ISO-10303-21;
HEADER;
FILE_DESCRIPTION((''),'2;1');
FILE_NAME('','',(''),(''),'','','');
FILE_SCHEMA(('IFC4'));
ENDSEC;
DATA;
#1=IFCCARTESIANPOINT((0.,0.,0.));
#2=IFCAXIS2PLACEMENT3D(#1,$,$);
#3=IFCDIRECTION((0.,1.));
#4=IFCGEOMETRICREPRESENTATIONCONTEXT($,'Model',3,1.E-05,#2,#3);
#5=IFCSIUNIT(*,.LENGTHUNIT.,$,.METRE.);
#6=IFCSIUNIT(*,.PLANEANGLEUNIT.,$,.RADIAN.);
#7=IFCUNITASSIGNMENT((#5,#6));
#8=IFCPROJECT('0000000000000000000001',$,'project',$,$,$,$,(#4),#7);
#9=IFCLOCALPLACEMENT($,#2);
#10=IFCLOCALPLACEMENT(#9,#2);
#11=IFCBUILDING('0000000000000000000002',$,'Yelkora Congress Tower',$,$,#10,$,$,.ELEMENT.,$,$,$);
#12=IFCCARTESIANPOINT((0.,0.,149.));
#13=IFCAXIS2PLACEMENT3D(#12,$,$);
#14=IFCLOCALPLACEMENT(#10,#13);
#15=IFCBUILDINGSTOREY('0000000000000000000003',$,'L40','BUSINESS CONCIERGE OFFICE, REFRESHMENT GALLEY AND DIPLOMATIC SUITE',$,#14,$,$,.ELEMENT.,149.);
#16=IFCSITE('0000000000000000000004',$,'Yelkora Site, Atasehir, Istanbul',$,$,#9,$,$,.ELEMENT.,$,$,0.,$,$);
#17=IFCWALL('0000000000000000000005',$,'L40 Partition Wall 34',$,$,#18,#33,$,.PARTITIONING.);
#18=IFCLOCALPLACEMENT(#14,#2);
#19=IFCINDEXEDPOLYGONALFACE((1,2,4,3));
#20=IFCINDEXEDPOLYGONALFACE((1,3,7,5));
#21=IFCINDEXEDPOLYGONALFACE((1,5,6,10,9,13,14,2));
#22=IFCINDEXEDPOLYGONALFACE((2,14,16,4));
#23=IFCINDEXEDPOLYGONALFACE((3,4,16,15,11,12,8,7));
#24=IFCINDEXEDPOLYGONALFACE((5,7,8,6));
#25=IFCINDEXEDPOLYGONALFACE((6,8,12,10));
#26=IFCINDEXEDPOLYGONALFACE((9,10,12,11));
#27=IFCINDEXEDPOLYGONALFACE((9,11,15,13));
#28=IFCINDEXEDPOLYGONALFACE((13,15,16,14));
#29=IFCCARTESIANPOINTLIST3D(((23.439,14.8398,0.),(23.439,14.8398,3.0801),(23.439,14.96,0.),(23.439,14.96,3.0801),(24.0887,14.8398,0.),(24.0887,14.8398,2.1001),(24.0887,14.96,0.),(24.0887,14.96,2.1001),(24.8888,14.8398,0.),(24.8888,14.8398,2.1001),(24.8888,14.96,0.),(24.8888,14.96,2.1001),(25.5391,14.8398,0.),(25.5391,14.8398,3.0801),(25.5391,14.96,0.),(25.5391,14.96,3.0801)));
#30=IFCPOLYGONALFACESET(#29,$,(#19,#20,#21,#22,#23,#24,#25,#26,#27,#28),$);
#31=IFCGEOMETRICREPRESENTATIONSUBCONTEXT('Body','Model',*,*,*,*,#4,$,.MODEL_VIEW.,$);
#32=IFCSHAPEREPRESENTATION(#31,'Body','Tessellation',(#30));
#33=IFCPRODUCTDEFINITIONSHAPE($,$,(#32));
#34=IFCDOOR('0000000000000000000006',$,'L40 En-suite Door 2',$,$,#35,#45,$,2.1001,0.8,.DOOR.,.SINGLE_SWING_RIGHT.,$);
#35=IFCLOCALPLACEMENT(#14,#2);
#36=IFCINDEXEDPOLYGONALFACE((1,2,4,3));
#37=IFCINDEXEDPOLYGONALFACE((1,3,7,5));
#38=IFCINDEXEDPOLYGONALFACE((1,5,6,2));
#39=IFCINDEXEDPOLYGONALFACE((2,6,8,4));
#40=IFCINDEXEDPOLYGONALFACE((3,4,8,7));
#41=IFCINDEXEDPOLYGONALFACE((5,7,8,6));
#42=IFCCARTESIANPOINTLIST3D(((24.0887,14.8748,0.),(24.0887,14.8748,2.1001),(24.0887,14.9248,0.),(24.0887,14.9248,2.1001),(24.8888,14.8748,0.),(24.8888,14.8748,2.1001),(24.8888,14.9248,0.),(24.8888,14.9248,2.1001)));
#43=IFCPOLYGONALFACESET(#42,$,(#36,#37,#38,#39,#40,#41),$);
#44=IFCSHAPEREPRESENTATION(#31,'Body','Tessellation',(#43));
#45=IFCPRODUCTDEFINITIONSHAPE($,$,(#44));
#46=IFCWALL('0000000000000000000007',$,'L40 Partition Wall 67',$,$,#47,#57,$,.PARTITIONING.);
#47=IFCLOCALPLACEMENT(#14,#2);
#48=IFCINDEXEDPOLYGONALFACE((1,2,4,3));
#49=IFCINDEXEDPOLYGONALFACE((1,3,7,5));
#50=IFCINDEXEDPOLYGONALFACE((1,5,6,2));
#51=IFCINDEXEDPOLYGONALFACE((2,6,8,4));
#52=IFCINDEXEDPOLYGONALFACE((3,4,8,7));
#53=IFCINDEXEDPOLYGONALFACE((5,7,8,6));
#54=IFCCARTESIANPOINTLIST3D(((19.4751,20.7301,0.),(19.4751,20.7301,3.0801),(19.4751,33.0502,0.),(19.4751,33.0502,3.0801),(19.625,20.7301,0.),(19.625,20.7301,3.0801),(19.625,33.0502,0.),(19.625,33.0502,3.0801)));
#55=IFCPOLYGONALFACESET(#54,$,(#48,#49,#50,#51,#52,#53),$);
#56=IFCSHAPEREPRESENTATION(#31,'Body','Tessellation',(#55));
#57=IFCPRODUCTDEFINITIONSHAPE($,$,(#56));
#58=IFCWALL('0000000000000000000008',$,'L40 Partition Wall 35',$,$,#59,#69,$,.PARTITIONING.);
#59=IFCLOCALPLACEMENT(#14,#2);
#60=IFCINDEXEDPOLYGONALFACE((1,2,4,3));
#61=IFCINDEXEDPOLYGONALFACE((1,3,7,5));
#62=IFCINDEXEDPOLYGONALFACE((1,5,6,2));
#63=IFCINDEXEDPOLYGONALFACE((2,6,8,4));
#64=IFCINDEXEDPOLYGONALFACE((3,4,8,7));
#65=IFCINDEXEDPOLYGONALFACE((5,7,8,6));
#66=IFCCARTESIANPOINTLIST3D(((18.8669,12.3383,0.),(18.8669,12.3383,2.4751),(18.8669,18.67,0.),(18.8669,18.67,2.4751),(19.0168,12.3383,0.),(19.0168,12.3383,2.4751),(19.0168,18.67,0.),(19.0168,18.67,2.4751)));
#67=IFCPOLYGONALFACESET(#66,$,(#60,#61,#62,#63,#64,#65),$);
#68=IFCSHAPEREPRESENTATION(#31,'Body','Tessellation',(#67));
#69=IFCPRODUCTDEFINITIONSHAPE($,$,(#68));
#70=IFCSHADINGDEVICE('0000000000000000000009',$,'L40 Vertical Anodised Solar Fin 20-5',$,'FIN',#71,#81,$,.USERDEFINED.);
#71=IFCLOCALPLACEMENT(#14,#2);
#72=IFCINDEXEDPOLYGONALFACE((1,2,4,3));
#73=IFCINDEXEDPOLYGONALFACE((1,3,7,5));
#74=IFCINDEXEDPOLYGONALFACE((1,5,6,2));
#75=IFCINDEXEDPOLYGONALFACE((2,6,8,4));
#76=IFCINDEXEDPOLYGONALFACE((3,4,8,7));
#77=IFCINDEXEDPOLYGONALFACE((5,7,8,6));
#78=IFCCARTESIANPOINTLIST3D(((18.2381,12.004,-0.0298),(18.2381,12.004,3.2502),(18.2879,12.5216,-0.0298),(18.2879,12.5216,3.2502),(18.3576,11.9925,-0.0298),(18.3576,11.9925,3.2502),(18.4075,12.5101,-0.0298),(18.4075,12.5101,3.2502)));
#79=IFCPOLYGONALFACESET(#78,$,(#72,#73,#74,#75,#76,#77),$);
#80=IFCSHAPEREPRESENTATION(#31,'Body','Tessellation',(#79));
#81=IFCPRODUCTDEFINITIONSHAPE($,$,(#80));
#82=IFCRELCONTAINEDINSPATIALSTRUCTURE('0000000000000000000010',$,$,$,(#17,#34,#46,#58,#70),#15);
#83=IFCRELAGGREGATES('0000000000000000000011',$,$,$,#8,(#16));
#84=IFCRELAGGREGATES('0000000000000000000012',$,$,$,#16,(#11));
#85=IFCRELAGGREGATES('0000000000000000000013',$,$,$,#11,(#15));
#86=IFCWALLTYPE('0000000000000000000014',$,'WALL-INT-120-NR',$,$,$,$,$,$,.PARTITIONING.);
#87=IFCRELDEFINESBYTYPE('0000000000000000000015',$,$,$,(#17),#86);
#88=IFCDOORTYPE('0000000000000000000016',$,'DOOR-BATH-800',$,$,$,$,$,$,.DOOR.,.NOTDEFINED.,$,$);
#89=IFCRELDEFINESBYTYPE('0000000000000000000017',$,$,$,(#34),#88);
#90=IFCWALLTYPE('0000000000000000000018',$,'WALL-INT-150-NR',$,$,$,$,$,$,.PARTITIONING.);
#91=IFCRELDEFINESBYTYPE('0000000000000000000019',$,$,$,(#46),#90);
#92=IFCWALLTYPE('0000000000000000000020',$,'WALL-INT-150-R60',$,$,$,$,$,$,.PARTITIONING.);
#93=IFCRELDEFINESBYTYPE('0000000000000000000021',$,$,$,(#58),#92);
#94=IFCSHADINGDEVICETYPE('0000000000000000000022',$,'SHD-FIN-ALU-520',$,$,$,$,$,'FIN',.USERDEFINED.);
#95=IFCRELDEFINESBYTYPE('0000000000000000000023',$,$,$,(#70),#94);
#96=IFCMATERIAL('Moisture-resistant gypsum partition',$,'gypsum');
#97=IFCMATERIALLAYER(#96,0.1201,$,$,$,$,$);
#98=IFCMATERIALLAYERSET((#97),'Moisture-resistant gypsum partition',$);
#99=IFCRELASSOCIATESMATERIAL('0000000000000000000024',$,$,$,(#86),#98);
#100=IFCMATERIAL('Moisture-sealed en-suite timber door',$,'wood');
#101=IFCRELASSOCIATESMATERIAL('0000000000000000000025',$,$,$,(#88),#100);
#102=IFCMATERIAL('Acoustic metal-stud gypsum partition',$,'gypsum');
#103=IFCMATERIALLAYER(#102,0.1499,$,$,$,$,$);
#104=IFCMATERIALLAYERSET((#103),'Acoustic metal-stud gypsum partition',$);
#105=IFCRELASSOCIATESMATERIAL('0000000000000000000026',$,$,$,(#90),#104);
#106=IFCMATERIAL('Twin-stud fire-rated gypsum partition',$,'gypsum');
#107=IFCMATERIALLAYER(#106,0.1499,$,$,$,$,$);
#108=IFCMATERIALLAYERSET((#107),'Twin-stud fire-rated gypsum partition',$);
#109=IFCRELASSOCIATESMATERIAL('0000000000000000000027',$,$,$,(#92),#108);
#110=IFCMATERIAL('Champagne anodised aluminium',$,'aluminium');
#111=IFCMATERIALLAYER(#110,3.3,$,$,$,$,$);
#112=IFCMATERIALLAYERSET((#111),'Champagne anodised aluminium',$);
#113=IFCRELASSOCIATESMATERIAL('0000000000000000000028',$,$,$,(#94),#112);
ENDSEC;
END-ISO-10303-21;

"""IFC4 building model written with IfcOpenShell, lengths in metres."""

from ifc_helpers import new_model, si_unit, direction, frame, frame_2d, origin, origin_2d, place, context, subcontext, project, spatial, rectangle, extrude, material, layer, layer_set, type_object, element, fill, save


model = new_model("IFC4")

# Units and contexts
model_context = context("Model", 3, precision=1e-05, world=origin(), true_north=direction((0.0, 1.0)))
body_context = subcontext(model_context, "Body", "Model", "MODEL_VIEW")
ifc_project = project(units=[si_unit("LENGTHUNIT", "METRE"), si_unit("PLANEANGLEUNIT", "RADIAN")], contexts=[model_context])

# Site, building, storey
site_placement = place(None, origin())
site = spatial("IfcSite", under=ifc_project, at=site_placement, Name="Yelkora Site, Atasehir, Istanbul", CompositionType="ELEMENT", RefElevation=0.0)
building_placement = place(site_placement, origin())
building = spatial("IfcBuilding", under=site, at=building_placement, Name="Yelkora Congress Tower", CompositionType="ELEMENT")
storey_placement = place(building_placement, frame((0.0, 0.0, 149.0)))
storey = spatial("IfcBuildingStorey", under=building, at=storey_placement, Name="L40", Description="BUSINESS CONCIERGE OFFICE, REFRESHMENT GALLEY AND DIPLOMATIC SUITE", CompositionType="ELEMENT", Elevation=149.0)

# Shared definitions
ifc_material_1 = material(Name="Moisture-resistant gypsum partition", Category="gypsum")
ifc_layer_1 = layer(ifc_material_1, 0.1201)
ifc_layer_set_1 = layer_set([ifc_layer_1], Name="Moisture-resistant gypsum partition")
wall_type_1 = type_object("IfcWallType", Name="WALL-INT-120-NR", PredefinedType="PARTITIONING", material=ifc_layer_set_1)

# Wall, opening, door
wall_1_placement = place(storey_placement, frame((23.439, 14.8999, 0.0), z_axis=(0.0, 0.0, 1.0), x_axis=(1.0, 0.0, 0.0)))
wall_1 = element("IfcWall", 1, at=wall_1_placement, inside=storey, type_object=wall_type_1, Name="L40 Partition Wall 34", PredefinedType="PARTITIONING", context=body_context, shape_type="SweptSolid", body=[
    extrude(rectangle(XDim=2.1001, YDim=0.1201, at=frame_2d((1.05, 0.0))), origin(), (0.0, 0.0, 1.0), 3.0801),
])
opening_placement = place(wall_1_placement, frame((0.6499, 0.0, 0.0)))
opening = element("IfcOpeningElement", 2, at=opening_placement, cuts=wall_1, PredefinedType="OPENING", context=body_context, shape_type="SweptSolid", body=[
    extrude(rectangle(XDim=0.8, YDim=2.1001, at=frame_2d((0.3999, 1.05))), frame((0.0, 0.0701, 0.0), z_axis=(0.0, -1.0, 0.0), x_axis=(1.0, 0.0, 0.0)), (0.0, 0.0, 1.0), 0.1401),
])
ifc_material_2 = material(Name="Moisture-sealed en-suite timber door", Category="wood")
door_type = type_object("IfcDoorType", Name="DOOR-BATH-800", OperationType="NOTDEFINED", PredefinedType="DOOR", material=ifc_material_2)
door_placement = place(opening_placement, origin())
door = element("IfcDoor", 3, at=door_placement, inside=storey, type_object=door_type, Name="L40 En-suite Door 2", OperationType="SINGLE_SWING_RIGHT", OverallHeight=2.1001, OverallWidth=0.8, PredefinedType="DOOR", context=body_context, shape_type="SweptSolid", body=[
    extrude(rectangle(XDim=0.8, YDim=2.1001, at=frame_2d((0.3999, 1.05))), frame((0.0, 0.0249, 0.0), z_axis=(0.0, -1.0, 0.0), x_axis=(1.0, 0.0, 0.0)), (0.0, 0.0, 1.0), 0.05),
])
fill(opening, door)

# Walls
ifc_material_3 = material(Name="Acoustic metal-stud gypsum partition", Category="gypsum")
ifc_layer_2 = layer(ifc_material_3, 0.1499)
ifc_layer_set_2 = layer_set([ifc_layer_2], Name="Acoustic metal-stud gypsum partition")
wall_type_2 = type_object("IfcWallType", Name="WALL-INT-150-NR", PredefinedType="PARTITIONING", material=ifc_layer_set_2)
wall_2_placement = place(storey_placement, frame((19.55, 20.73, 0.0), z_axis=(0.0, 0.0, 1.0), x_axis=(0.0, 1.0, 0.0)))
element("IfcWall", 4, at=wall_2_placement, inside=storey, type_object=wall_type_2, Name="L40 Partition Wall 67", PredefinedType="PARTITIONING", context=body_context, shape_type="SweptSolid", body=[
    extrude(rectangle(XDim=12.3201, YDim=0.1499, at=frame_2d((6.1602, 0.0))), origin(), (0.0, 0.0, 1.0), 3.0801),
])
ifc_material_4 = material(Name="Twin-stud fire-rated gypsum partition", Category="gypsum")
ifc_layer_3 = layer(ifc_material_4, 0.1499)
ifc_layer_set_3 = layer_set([ifc_layer_3], Name="Twin-stud fire-rated gypsum partition")
wall_type_3 = type_object("IfcWallType", Name="WALL-INT-150-R60", PredefinedType="PARTITIONING", material=ifc_layer_set_3)
wall_3_placement = place(storey_placement, frame((18.9419, 12.3381, 0.0), z_axis=(0.0, 0.0, 1.0), x_axis=(0.0, 1.0, 0.0)))
element("IfcWall", 5, at=wall_3_placement, inside=storey, type_object=wall_type_3, Name="L40 Partition Wall 35", PredefinedType="PARTITIONING", context=body_context, shape_type="SweptSolid", body=[
    extrude(rectangle(XDim=6.3318, YDim=0.1499, at=frame_2d((3.166, 0.0))), origin(), (0.0, 0.0, 1.0), 2.4751),
])

# Shading device
ifc_material_5 = material(Name="Champagne anodised aluminium", Category="aluminium")
ifc_layer_4 = layer(ifc_material_5, 3.3)
ifc_layer_set_4 = layer_set([ifc_layer_4], Name="Champagne anodised aluminium")
shading_device_type = type_object("IfcShadingDeviceType", Name="SHD-FIN-ALU-520", ElementType="FIN", PredefinedType="USERDEFINED", material=ifc_layer_set_4)
shading_device_placement = place(storey_placement, frame((18.3228, 12.2571, -0.0298), z_axis=(0.0, 0.0, 1.0), x_axis=(-0.995396, 0.095846, 0.0)))
element("IfcShadingDevice", 6, at=shading_device_placement, inside=storey, type_object=shading_device_type, Name="L40 Vertical Anodised Solar Fin 20-5", ObjectType="FIN", PredefinedType="USERDEFINED", context=body_context, shape_type="SweptSolid", body=[
    extrude(rectangle(XDim=0.1201, YDim=0.52, at=origin_2d()), origin(), (0.0, 0.0, 1.0), 3.28),
])

save(model, "model.ifc")
